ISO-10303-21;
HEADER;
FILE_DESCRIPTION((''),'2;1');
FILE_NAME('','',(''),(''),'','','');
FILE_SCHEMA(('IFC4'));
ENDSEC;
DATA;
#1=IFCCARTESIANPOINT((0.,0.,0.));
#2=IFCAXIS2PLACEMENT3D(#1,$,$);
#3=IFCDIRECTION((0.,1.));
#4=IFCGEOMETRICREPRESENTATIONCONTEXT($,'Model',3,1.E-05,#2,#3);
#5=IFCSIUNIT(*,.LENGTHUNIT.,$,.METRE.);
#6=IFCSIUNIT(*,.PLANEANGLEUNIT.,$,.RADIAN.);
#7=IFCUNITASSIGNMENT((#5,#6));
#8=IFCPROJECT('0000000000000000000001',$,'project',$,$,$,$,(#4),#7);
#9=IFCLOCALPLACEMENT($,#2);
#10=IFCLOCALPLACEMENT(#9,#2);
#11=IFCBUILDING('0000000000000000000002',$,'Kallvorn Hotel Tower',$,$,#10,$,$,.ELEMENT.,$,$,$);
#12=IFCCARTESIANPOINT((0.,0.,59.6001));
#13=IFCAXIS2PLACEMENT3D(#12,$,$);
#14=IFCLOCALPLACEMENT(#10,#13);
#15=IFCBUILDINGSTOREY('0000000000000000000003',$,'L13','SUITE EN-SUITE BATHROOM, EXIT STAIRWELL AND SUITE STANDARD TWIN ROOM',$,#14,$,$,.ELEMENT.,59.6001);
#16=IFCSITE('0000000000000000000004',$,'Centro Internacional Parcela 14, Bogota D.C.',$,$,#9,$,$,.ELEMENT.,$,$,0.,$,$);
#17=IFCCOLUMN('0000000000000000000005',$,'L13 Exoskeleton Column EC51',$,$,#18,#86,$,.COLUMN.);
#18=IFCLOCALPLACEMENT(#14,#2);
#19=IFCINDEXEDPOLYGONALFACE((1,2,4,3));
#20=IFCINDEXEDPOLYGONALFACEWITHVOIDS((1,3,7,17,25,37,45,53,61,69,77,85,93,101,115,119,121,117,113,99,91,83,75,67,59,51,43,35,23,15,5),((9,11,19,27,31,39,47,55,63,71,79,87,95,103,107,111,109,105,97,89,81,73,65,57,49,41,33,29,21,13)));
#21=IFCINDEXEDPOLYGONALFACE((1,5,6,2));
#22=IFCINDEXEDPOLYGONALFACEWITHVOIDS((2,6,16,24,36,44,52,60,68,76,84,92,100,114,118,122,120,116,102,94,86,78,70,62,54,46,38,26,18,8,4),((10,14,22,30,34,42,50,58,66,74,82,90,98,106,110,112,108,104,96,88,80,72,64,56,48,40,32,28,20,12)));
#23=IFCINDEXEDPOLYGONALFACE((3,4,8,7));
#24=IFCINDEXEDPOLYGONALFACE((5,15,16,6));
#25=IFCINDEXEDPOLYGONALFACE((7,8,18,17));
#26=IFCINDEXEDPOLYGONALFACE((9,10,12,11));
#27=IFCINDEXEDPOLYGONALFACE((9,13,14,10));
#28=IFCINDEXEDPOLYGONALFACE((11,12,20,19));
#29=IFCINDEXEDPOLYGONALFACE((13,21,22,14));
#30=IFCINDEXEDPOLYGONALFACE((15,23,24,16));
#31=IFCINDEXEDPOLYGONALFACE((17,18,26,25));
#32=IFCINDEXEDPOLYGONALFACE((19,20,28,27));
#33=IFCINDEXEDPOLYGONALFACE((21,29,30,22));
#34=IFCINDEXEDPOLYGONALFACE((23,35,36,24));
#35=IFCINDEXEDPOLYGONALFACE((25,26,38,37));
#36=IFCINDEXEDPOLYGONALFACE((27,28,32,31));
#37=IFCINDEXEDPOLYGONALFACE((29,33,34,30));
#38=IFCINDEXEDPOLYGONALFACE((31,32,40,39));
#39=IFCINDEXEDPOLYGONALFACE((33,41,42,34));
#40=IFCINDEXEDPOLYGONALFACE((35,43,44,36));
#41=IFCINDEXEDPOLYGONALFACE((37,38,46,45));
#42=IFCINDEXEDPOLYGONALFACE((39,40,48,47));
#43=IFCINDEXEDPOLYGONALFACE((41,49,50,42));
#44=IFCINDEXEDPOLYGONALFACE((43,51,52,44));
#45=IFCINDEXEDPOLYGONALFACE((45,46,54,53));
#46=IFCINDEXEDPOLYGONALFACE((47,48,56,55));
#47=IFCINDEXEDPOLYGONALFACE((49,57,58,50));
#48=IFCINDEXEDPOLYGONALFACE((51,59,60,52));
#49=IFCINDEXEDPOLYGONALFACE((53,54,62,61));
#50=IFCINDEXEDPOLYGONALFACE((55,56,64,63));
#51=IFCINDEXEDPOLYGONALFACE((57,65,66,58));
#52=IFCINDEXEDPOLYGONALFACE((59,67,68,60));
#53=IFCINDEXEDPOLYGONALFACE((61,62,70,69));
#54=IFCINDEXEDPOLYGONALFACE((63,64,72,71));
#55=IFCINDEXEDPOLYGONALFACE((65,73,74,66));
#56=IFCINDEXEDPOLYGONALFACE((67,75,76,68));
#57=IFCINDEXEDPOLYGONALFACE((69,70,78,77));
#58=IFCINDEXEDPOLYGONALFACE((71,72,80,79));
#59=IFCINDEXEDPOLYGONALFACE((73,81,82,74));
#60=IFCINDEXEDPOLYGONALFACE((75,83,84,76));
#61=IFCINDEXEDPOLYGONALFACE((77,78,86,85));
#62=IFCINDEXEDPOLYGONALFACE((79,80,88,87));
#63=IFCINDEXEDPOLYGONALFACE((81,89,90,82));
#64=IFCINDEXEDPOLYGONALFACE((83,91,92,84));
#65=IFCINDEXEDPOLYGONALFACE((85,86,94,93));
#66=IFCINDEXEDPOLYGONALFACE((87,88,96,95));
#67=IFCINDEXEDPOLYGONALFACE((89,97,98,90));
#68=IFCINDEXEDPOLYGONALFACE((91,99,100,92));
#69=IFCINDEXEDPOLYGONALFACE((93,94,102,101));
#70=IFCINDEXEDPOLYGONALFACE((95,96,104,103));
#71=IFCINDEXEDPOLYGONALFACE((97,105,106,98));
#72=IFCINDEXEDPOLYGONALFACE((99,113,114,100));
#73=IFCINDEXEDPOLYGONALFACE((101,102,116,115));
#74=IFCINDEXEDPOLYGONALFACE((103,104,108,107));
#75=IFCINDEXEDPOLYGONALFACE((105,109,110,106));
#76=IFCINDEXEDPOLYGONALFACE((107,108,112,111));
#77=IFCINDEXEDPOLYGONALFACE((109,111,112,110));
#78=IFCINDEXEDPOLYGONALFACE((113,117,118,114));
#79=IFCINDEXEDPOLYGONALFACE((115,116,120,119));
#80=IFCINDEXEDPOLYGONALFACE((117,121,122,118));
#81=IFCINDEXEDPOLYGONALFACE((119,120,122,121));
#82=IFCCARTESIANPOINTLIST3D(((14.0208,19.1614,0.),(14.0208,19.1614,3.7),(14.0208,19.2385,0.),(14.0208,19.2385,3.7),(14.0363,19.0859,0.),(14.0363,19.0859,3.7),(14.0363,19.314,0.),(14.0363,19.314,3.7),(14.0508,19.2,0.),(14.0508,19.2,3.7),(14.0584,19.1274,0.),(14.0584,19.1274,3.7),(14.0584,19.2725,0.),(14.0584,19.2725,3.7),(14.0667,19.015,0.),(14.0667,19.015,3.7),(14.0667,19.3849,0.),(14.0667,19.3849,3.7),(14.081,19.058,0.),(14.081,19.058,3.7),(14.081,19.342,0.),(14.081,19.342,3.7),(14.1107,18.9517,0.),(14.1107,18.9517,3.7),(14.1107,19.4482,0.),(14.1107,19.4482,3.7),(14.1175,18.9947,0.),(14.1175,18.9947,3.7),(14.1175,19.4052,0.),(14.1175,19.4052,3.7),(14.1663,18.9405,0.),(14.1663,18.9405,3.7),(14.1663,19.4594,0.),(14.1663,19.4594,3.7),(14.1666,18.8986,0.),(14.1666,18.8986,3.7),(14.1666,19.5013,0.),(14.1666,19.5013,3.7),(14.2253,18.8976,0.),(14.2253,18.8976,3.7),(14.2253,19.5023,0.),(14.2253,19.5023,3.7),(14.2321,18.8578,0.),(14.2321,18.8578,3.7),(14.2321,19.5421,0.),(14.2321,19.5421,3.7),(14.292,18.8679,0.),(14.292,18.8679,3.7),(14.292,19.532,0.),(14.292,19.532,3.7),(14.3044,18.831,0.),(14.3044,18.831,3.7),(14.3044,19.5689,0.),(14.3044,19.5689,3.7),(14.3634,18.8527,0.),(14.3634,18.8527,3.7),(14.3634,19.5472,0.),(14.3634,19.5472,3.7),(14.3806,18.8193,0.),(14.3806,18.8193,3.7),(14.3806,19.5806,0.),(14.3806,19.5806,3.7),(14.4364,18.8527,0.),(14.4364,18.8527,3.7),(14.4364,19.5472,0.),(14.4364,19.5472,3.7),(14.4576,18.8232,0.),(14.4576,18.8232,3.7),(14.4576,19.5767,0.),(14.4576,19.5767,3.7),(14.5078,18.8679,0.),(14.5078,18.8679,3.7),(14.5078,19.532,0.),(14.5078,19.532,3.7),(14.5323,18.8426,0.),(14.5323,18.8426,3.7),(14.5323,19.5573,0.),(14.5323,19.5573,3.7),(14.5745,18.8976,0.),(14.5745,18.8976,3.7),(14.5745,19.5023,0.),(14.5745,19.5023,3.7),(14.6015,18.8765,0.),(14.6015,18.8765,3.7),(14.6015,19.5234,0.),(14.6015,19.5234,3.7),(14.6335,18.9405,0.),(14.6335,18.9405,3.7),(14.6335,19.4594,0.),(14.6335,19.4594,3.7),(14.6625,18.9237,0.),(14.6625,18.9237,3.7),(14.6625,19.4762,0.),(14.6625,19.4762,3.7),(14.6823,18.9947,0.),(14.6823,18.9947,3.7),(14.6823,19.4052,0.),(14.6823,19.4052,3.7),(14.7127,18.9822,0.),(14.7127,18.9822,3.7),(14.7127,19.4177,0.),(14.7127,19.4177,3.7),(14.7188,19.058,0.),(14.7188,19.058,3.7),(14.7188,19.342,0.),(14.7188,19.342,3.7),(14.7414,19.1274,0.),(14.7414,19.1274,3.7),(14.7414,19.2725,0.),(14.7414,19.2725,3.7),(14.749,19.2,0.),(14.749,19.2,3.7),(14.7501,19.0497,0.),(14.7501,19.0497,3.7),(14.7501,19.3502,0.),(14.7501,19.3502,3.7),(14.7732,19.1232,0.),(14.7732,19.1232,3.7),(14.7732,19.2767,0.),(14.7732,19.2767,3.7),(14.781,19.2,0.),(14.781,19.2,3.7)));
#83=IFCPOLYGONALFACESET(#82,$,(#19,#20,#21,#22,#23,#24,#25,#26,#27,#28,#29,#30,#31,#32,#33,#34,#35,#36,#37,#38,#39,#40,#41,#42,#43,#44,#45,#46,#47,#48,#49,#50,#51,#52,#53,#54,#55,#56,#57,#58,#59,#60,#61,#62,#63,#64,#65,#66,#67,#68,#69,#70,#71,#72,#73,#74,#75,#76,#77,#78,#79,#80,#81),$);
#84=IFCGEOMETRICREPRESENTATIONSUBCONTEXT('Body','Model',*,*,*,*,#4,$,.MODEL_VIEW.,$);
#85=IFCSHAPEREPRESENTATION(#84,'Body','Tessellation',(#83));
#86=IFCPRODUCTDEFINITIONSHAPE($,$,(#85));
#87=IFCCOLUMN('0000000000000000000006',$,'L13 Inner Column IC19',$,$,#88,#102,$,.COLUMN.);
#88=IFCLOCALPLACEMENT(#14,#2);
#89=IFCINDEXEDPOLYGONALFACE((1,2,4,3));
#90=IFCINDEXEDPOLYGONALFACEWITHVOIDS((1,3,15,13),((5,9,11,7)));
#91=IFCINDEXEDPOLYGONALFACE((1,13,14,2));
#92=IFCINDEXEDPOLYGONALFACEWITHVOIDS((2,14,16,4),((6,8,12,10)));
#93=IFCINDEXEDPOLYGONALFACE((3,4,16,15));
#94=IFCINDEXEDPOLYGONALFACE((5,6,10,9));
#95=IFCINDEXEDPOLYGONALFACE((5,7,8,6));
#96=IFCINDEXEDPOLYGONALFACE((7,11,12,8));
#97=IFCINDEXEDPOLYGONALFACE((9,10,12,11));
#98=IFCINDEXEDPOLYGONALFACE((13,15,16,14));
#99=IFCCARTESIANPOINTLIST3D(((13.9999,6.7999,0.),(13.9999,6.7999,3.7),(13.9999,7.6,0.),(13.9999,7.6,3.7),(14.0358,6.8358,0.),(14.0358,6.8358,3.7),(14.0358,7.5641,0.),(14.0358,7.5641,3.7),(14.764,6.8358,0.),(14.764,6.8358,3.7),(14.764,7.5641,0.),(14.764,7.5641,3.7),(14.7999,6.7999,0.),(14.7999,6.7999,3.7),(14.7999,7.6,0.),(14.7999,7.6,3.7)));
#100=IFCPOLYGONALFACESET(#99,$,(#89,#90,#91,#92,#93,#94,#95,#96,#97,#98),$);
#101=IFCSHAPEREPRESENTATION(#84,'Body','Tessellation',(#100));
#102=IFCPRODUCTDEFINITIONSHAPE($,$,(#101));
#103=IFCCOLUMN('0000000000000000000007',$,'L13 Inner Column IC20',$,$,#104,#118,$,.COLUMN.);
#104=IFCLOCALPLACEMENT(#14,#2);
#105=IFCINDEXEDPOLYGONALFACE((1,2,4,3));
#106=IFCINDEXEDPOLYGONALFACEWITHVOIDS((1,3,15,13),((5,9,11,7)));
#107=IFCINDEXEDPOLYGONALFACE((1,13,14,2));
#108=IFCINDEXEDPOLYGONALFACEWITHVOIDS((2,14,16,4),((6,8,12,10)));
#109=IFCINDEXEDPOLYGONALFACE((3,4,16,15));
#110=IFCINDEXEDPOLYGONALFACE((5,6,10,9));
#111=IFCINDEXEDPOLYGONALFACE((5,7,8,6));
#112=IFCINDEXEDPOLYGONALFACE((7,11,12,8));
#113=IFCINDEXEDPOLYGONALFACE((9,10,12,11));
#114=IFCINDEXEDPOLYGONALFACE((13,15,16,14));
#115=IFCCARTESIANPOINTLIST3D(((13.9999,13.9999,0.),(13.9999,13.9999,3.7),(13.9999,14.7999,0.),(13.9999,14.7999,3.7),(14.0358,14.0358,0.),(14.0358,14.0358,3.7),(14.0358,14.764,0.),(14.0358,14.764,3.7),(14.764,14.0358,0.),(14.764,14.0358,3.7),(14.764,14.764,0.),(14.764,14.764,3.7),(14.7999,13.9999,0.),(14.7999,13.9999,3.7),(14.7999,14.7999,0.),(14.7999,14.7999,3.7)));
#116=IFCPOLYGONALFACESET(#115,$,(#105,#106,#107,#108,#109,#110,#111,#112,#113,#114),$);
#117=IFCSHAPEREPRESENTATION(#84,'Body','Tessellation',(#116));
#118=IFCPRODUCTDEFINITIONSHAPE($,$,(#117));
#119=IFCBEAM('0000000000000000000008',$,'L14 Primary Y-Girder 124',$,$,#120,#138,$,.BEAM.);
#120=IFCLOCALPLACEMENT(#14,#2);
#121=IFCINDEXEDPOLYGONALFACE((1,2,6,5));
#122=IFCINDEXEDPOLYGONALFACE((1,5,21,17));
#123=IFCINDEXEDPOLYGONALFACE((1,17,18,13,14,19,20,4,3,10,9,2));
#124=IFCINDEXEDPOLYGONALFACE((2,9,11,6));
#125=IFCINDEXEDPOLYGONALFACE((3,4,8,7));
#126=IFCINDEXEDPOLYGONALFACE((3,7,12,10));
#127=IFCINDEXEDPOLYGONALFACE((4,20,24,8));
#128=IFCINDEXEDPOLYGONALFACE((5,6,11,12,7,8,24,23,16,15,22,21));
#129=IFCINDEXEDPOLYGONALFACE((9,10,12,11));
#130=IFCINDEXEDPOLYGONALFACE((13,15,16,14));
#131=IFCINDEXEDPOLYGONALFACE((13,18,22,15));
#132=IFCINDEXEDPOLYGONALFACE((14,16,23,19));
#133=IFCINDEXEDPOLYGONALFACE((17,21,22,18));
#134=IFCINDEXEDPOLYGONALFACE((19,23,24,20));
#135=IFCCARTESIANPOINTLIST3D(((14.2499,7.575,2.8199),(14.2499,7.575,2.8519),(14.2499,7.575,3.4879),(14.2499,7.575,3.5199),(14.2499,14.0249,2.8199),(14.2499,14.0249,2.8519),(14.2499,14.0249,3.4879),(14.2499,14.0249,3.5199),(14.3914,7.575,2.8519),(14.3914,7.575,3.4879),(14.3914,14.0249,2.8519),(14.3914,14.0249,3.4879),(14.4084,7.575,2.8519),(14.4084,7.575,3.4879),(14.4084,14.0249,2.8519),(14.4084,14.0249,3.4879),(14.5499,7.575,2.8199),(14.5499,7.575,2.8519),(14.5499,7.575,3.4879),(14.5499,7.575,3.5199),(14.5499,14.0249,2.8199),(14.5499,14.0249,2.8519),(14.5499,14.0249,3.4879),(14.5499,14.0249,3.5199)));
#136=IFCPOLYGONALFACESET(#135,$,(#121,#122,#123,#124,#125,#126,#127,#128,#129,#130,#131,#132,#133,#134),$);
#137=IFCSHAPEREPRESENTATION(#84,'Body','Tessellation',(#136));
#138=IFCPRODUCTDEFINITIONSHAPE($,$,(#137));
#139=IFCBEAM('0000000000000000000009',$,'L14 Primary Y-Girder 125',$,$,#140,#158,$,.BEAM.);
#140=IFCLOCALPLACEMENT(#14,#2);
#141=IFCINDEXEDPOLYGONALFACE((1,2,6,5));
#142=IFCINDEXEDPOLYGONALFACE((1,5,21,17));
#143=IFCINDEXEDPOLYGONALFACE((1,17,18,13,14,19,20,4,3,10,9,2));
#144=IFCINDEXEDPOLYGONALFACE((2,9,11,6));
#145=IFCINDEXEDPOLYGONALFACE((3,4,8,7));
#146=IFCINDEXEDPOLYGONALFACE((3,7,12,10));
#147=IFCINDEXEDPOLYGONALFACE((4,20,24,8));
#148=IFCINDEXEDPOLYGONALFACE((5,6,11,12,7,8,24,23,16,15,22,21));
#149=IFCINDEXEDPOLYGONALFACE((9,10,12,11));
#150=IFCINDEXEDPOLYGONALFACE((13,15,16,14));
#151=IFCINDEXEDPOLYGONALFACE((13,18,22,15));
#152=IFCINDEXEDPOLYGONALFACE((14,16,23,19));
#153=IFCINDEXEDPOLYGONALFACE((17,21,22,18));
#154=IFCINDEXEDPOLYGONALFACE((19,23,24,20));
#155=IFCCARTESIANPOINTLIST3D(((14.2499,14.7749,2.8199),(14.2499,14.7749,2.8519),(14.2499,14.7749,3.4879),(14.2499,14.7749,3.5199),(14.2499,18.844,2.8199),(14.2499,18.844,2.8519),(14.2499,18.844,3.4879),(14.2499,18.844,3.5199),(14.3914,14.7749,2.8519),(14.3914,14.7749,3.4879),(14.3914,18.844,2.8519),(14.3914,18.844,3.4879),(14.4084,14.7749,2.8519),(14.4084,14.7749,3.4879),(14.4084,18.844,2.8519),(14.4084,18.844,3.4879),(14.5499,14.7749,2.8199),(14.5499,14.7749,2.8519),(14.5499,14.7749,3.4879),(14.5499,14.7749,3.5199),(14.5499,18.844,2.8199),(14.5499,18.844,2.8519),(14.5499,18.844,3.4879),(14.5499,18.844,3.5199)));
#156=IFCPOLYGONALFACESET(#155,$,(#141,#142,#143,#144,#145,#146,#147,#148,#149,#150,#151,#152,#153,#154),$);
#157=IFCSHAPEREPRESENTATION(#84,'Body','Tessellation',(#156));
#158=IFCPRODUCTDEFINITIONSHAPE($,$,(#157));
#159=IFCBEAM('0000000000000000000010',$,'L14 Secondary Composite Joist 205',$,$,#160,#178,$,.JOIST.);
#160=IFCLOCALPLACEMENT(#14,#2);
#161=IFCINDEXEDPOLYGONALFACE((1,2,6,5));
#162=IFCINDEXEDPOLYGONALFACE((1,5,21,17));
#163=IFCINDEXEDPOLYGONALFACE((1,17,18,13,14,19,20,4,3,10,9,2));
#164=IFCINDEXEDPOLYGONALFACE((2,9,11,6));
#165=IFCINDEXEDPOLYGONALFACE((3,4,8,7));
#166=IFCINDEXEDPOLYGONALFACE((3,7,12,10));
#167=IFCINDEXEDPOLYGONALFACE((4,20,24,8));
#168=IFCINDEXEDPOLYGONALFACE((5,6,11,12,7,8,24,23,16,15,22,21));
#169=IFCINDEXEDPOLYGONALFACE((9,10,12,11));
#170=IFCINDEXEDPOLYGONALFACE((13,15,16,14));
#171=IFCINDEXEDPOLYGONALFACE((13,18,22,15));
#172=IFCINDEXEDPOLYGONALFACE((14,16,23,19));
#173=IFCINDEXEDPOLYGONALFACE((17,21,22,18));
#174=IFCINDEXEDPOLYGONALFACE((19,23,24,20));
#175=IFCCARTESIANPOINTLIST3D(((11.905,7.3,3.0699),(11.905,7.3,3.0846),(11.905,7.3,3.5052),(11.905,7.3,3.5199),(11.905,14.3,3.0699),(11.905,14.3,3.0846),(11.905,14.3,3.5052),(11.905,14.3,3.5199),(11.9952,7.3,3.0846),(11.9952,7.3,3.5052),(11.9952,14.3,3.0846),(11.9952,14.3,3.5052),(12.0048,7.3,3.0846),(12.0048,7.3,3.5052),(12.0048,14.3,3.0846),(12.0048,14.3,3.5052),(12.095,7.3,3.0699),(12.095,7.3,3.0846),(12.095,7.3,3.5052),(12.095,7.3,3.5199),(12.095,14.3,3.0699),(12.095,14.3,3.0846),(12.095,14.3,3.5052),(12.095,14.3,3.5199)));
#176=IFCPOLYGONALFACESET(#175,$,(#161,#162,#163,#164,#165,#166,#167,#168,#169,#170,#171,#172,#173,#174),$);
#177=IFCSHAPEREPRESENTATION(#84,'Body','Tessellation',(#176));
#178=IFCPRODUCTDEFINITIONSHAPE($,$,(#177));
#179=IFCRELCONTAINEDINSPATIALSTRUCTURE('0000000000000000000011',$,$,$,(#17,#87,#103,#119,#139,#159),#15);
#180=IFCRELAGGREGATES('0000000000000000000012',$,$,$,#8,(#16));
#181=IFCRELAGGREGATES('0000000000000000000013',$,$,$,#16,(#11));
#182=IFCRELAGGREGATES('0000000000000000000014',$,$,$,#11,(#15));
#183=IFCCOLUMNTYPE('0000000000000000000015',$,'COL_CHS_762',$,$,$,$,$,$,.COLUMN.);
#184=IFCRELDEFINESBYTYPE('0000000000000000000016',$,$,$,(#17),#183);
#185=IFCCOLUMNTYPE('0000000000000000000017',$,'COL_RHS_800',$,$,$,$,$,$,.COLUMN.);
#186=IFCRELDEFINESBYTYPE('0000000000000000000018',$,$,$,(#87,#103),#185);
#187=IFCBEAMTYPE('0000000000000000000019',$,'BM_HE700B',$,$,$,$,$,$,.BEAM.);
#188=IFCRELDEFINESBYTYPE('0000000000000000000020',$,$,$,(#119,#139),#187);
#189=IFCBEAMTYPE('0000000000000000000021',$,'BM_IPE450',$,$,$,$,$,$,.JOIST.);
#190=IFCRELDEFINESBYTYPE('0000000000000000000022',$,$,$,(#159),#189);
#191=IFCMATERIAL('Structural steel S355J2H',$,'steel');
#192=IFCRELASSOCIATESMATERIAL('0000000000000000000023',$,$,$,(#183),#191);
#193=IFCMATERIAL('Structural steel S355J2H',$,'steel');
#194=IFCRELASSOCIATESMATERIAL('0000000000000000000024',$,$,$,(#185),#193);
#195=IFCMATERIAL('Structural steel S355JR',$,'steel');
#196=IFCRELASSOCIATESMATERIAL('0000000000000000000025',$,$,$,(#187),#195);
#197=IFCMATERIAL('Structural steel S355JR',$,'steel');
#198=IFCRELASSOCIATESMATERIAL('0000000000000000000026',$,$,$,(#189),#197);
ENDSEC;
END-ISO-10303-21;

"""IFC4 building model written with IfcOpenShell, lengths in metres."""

from ifc_helpers import new_model, si_unit, direction, frame, origin, origin_2d, place, context, subcontext, project, spatial, hollow_rectangle, hollow_circle, i_section, extrude, material, material_profile, profile_set, type_object, element, save


model = new_model("IFC4")

# Units and contexts
model_context = context("Model", 3, precision=1e-05, world=origin(), true_north=direction((0.0, 1.0)))
body_context = subcontext(model_context, "Body", "Model", "MODEL_VIEW")
ifc_project = project(units=[si_unit("LENGTHUNIT", "METRE"), si_unit("PLANEANGLEUNIT", "RADIAN")], contexts=[model_context])

# Site, building, storey
site_placement = place(None, origin())
site = spatial("IfcSite", under=ifc_project, at=site_placement, Name="Centro Internacional Parcela 14, Bogota D.C.", CompositionType="ELEMENT", RefElevation=0.0)
building_placement = place(site_placement, origin())
building = spatial("IfcBuilding", under=site, at=building_placement, Name="Kallvorn Hotel Tower", CompositionType="ELEMENT")
storey_placement = place(building_placement, frame((0.0, 0.0, 59.6001)))
storey = spatial("IfcBuildingStorey", under=building, at=storey_placement, Name="L13", Description="SUITE EN-SUITE BATHROOM, EXIT STAIRWELL AND SUITE STANDARD TWIN ROOM", CompositionType="ELEMENT", Elevation=59.6001)

# Columns
ifc_material_1 = material(Name="Structural steel S355J2H", Category="steel")
ifc_material_profile_1 = material_profile(ifc_material_1, hollow_circle(Radius=0.3811, WallThickness=0.032, at=origin_2d()), Name="CHS 762x32")
ifc_profile_set_1 = profile_set([ifc_material_profile_1], Name="Structural steel S355J2H")
column_type_1 = type_object("IfcColumnType", Name="COL_CHS_762", PredefinedType="COLUMN", material=ifc_profile_set_1)
for number, where, z_axis, x_axis, name in (
    (1, (14.3999, 19.2, 0.0), (0.0, 0.0, 1.0), (1.0, 0.0, 0.0), "L13 Exoskeleton Column EC51"),
):
    element("IfcColumn", number, at=place(storey_placement, frame(where, z_axis=z_axis, x_axis=x_axis)), inside=storey, type_object=column_type_1, Name=name, PredefinedType="COLUMN", context=body_context, shape_type="SweptSolid", body=[
        extrude(hollow_circle(Radius=0.3811, WallThickness=0.032, at=origin_2d()), origin(), (0.0, 0.0, 1.0), 3.7),
    ])
ifc_material_2 = material(Name="Structural steel S355J2H", Category="steel")
ifc_material_profile_2 = material_profile(ifc_material_2, hollow_rectangle(XDim=0.8, YDim=0.8, WallThickness=0.0359, at=origin_2d()), Name="RHS 800x800x36")
ifc_profile_set_2 = profile_set([ifc_material_profile_2], Name="Structural steel S355J2H")
column_type_2 = type_object("IfcColumnType", Name="COL_RHS_800", PredefinedType="COLUMN", material=ifc_profile_set_2)
for number, where, z_axis, x_axis, name in (
    (2, (14.3999, 7.2, 0.0), (0.0, 0.0, 1.0), (1.0, 0.0, 0.0), "L13 Inner Column IC19"),
    (3, (14.3999, 14.3999, 0.0), (0.0, 0.0, 1.0), (1.0, 0.0, 0.0), "L13 Inner Column IC20"),
):
    element("IfcColumn", number, at=place(storey_placement, frame(where, z_axis=z_axis, x_axis=x_axis)), inside=storey, type_object=column_type_2, Name=name, PredefinedType="COLUMN", context=body_context, shape_type="SweptSolid", body=[
        extrude(hollow_rectangle(XDim=0.8, YDim=0.8, WallThickness=0.0359, at=origin_2d()), origin(), (0.0, 0.0, 1.0), 3.7),
    ])

# Beams
ifc_material_3 = material(Name="Structural steel S355JR", Category="steel")
ifc_material_profile_3 = material_profile(ifc_material_3, i_section(OverallWidth=0.3, OverallDepth=0.7, WebThickness=0.0171, FlangeThickness=0.032, at=origin_2d()), Name="HE 700 B")
ifc_profile_set_3 = profile_set([ifc_material_profile_3], Name="Structural steel S355JR")
beam_type_1 = type_object("IfcBeamType", Name="BM_HE700B", PredefinedType="BEAM", material=ifc_profile_set_3)
beam_1_placement = place(storey_placement, frame((14.3999, 7.575, 3.1699), z_axis=(0.0, 1.0, 0.0), x_axis=(-1.0, 0.0, 0.0)))
element("IfcBeam", 4, at=beam_1_placement, inside=storey, type_object=beam_type_1, Name="L14 Primary Y-Girder 124", PredefinedType="BEAM", context=body_context, shape_type="SweptSolid", body=[
    extrude(i_section(OverallWidth=0.3, OverallDepth=0.7, WebThickness=0.0171, FlangeThickness=0.032, at=origin_2d()), origin(), (0.0, 0.0, 1.0), 6.45),
])
beam_2_placement = place(storey_placement, frame((14.3999, 14.7749, 3.1699), z_axis=(0.0, 1.0, 0.0), x_axis=(-1.0, 0.0, 0.0)))
element("IfcBeam", 5, at=beam_2_placement, inside=storey, type_object=beam_type_1, Name="L14 Primary Y-Girder 125", PredefinedType="BEAM", context=body_context, shape_type="SweptSolid", body=[
    extrude(i_section(OverallWidth=0.3, OverallDepth=0.7, WebThickness=0.0171, FlangeThickness=0.032, at=origin_2d()), origin(), (0.0, 0.0, 1.0), 4.0691),
])
ifc_material_4 = material(Name="Structural steel S355JR", Category="steel")
ifc_material_profile_4 = material_profile(ifc_material_4, i_section(OverallWidth=0.1899, OverallDepth=0.45, WebThickness=0.0095, FlangeThickness=0.0146, at=origin_2d()), Name="IPE 450")
ifc_profile_set_4 = profile_set([ifc_material_profile_4], Name="Structural steel S355JR")
beam_type_2 = type_object("IfcBeamType", Name="BM_IPE450", PredefinedType="JOIST", material=ifc_profile_set_4)
for number, where, z_axis, x_axis, name in (
    (6, (12.0, 7.3, 3.2949), (0.0, 1.0, 0.0), (-1.0, 0.0, 0.0), "L14 Secondary Composite Joist 205"),
):
    element("IfcBeam", number, at=place(storey_placement, frame(where, z_axis=z_axis, x_axis=x_axis)), inside=storey, type_object=beam_type_2, Name=name, PredefinedType="JOIST", context=body_context, shape_type="SweptSolid", body=[
        extrude(i_section(OverallWidth=0.1899, OverallDepth=0.45, WebThickness=0.0095, FlangeThickness=0.0146, at=origin_2d()), origin(), (0.0, 0.0, 1.0), 7.0),
    ])

save(model, "model.ifc")
